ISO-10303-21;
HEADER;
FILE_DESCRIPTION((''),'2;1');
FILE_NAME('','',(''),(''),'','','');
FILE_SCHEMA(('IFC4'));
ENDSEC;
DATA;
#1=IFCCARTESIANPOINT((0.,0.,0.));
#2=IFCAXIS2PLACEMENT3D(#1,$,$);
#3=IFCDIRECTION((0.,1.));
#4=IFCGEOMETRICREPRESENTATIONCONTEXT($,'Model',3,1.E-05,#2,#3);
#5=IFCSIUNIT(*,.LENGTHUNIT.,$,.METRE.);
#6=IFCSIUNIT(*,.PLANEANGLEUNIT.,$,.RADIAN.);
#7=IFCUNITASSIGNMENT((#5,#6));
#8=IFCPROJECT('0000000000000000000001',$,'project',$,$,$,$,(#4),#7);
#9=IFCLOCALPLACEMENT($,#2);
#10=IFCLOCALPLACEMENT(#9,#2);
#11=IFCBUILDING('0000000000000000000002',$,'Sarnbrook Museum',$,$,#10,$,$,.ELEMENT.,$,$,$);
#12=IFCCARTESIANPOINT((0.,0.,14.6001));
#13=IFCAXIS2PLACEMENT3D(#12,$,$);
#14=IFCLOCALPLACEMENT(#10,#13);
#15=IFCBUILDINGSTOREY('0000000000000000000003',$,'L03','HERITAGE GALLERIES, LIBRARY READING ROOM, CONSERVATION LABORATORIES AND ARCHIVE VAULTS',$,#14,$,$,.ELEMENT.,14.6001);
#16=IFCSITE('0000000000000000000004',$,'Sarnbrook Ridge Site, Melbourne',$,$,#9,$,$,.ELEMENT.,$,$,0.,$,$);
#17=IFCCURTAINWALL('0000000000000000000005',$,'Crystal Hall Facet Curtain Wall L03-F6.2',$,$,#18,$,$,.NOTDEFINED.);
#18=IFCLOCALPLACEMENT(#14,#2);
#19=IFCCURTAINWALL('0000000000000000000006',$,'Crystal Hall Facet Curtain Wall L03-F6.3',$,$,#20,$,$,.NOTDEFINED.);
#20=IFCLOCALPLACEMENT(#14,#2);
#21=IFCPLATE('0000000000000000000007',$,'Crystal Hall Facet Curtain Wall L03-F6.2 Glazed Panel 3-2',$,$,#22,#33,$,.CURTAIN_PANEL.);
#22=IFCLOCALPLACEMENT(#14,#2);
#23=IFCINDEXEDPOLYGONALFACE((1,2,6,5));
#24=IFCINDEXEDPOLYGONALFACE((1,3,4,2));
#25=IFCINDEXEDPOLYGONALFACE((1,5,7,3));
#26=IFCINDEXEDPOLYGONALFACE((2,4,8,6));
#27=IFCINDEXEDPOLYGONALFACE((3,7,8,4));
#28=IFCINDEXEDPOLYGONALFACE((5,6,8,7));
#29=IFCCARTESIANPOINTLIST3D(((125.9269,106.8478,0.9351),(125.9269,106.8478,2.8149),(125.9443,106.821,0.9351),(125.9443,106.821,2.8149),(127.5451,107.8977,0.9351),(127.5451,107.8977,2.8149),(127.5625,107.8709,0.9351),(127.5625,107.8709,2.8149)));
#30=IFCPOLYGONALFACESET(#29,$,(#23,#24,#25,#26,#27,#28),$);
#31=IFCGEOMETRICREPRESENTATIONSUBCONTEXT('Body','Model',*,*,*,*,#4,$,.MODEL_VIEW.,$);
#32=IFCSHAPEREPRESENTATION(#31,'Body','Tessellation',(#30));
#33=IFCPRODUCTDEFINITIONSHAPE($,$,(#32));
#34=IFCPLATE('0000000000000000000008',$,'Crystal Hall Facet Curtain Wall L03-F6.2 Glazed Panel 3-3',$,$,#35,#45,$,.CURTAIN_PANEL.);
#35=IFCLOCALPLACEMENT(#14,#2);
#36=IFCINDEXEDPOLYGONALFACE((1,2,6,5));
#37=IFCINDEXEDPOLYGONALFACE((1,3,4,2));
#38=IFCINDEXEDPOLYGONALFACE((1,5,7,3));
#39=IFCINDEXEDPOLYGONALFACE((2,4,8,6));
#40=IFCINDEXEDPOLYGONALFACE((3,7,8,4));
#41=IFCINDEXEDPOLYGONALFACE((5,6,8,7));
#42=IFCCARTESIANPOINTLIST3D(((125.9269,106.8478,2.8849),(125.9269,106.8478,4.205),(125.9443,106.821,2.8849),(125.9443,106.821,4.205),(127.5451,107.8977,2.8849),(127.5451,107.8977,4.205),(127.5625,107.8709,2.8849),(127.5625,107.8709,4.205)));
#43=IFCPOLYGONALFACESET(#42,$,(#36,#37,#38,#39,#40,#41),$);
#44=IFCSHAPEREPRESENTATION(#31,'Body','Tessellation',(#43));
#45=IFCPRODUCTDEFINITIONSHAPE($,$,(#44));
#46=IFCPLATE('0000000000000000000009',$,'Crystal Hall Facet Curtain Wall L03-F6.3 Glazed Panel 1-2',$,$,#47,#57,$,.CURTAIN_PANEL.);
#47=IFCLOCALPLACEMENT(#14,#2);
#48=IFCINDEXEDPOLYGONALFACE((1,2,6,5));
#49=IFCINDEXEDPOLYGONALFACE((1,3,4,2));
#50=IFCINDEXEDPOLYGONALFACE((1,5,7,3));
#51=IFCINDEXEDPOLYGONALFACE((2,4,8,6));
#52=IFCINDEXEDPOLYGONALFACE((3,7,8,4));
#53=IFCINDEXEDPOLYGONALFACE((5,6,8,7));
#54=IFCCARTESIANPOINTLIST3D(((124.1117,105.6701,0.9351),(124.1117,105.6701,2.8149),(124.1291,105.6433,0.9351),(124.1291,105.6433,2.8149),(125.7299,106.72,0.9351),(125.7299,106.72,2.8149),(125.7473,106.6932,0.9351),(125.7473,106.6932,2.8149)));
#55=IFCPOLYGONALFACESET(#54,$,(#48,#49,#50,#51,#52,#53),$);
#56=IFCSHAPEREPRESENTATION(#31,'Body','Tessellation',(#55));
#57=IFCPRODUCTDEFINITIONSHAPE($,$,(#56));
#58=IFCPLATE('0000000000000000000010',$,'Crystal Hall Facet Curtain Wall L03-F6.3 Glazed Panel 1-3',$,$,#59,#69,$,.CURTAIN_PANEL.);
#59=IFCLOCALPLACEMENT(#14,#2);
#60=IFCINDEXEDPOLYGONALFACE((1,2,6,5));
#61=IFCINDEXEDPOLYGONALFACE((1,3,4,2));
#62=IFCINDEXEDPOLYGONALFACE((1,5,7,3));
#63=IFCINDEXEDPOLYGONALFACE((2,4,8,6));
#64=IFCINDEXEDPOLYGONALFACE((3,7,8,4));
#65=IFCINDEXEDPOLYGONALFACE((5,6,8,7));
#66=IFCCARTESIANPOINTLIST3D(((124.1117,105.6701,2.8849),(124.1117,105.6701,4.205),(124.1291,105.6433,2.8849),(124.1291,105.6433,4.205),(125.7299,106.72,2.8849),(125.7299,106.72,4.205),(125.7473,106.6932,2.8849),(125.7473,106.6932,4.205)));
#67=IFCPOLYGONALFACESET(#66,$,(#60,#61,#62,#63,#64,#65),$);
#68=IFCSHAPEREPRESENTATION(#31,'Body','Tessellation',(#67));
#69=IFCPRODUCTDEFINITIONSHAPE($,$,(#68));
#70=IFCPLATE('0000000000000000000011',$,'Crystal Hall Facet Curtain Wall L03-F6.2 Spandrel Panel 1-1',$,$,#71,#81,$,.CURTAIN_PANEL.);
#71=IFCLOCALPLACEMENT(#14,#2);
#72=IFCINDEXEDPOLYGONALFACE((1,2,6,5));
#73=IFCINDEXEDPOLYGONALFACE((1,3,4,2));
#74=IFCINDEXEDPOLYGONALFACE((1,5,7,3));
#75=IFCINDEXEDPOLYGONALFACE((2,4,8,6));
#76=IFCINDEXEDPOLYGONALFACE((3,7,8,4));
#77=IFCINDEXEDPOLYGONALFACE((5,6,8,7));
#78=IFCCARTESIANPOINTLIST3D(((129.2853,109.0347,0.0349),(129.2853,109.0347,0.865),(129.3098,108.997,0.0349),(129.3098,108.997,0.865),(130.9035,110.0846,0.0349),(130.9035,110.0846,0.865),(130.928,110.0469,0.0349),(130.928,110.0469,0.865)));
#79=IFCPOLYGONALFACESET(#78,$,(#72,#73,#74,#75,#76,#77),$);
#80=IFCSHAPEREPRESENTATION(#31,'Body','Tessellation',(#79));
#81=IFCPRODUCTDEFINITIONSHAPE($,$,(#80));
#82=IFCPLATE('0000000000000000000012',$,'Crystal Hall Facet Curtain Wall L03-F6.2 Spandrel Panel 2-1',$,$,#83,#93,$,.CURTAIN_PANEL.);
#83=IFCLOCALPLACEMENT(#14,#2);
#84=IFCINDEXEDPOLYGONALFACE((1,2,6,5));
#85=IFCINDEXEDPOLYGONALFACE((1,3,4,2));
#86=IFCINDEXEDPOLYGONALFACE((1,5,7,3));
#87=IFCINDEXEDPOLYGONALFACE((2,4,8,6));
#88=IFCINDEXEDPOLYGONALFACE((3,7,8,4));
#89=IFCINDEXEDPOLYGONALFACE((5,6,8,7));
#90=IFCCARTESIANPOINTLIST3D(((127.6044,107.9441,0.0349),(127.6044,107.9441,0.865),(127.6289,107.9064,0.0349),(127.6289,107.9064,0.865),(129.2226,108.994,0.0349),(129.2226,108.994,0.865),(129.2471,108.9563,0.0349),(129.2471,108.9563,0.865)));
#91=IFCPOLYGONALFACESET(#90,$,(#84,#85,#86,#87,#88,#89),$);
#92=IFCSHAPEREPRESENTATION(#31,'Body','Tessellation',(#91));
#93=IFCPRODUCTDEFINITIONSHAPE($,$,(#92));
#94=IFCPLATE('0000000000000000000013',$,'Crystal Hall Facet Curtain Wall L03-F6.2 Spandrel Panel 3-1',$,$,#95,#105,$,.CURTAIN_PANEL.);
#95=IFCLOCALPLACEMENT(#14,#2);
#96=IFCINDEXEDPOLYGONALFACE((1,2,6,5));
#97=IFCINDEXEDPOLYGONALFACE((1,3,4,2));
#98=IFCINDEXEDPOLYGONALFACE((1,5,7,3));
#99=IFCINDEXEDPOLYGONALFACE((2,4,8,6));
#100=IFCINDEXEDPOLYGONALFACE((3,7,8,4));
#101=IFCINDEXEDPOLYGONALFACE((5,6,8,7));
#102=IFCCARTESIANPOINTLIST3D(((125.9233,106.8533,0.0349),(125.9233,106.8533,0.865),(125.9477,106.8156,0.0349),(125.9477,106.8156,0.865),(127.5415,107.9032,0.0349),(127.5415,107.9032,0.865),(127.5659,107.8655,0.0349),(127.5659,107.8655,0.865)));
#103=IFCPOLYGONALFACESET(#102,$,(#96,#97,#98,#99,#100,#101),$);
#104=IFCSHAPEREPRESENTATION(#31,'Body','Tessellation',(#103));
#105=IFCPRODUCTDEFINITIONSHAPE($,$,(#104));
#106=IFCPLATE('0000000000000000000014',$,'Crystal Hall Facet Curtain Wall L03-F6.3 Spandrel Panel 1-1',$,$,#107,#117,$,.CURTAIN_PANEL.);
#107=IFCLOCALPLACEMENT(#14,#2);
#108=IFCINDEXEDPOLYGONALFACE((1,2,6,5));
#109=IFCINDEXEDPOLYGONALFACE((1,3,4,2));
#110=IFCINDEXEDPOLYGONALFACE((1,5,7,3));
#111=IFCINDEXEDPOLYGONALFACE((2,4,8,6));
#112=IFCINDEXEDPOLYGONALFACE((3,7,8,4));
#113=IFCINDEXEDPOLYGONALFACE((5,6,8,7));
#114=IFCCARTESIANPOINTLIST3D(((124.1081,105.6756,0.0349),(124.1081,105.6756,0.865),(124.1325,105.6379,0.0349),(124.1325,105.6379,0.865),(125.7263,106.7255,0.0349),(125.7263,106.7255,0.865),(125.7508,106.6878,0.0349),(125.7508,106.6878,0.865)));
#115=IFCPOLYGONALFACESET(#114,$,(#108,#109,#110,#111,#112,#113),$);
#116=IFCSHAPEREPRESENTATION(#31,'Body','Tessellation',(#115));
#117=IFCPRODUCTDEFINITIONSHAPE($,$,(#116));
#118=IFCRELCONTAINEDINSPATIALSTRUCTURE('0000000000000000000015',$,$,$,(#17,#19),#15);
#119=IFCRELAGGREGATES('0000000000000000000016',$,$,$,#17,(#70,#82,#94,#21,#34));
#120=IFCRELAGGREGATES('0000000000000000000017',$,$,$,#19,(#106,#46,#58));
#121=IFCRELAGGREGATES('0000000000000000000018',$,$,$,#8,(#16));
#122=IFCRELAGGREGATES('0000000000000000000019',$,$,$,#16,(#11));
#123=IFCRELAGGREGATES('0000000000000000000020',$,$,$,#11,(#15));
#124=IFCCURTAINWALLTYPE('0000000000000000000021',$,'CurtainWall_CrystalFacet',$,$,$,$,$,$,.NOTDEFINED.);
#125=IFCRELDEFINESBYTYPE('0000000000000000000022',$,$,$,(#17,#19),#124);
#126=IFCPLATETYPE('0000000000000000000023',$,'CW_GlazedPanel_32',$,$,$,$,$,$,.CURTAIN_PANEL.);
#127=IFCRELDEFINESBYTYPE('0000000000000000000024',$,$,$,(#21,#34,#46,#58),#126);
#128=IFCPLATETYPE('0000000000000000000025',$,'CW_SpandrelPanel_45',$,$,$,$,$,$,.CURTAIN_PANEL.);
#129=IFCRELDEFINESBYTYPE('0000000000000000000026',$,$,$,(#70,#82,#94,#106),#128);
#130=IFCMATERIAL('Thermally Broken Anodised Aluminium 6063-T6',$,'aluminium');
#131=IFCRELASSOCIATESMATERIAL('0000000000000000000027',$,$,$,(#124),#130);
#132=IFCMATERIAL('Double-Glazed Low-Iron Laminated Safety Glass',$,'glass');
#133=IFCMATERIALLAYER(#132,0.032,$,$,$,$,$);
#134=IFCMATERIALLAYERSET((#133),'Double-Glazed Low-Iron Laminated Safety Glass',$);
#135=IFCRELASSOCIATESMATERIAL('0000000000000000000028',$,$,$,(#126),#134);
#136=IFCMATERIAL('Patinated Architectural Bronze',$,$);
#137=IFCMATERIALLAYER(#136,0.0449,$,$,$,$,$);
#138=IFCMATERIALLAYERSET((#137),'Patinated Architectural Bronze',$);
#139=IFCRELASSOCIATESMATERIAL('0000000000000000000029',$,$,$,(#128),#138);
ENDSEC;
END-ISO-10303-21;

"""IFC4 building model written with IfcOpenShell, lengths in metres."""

from ifc_helpers import new_model, si_unit, direction, frame, origin, origin_2d, place, context, subcontext, project, spatial, rectangle, extrude, material, layer, layer_set, type_object, element, aggregate, save


model = new_model("IFC4")

# Units and contexts
model_context = context("Model", 3, precision=1e-05, world=origin(), true_north=direction((0.0, 1.0)))
body_context = subcontext(model_context, "Body", "Model", "MODEL_VIEW")
ifc_project = project(units=[si_unit("LENGTHUNIT", "METRE"), si_unit("PLANEANGLEUNIT", "RADIAN")], contexts=[model_context])

# Site, building, storey
site_placement = place(None, origin())
site = spatial("IfcSite", under=ifc_project, at=site_placement, Name="Sarnbrook Ridge Site, Melbourne", CompositionType="ELEMENT", RefElevation=0.0)
building_placement = place(site_placement, origin())
building = spatial("IfcBuilding", under=site, at=building_placement, Name="Sarnbrook Museum", CompositionType="ELEMENT")
storey_placement = place(building_placement, frame((0.0, 0.0, 14.6001)))
storey = spatial("IfcBuildingStorey", under=building, at=storey_placement, Name="L03", Description="HERITAGE GALLERIES, LIBRARY READING ROOM, CONSERVATION LABORATORIES AND ARCHIVE VAULTS", CompositionType="ELEMENT", Elevation=14.6001)

# Curtain walls
ifc_material_1 = material(Name="Thermally Broken Anodised Aluminium 6063-T6", Category="aluminium")
curtain_wall_type = type_object("IfcCurtainWallType", Name="CurtainWall_CrystalFacet", PredefinedType="NOTDEFINED", material=ifc_material_1)
curtain_wall_1_placement = place(storey_placement, origin())
curtain_wall_1 = element("IfcCurtainWall", 1, at=curtain_wall_1_placement, inside=storey, type_object=curtain_wall_type, Name="Crystal Hall Facet Curtain Wall L03-F6.2", PredefinedType="NOTDEFINED")
curtain_wall_2_placement = place(storey_placement, origin())
curtain_wall_2 = element("IfcCurtainWall", 2, at=curtain_wall_2_placement, inside=storey, type_object=curtain_wall_type, Name="Crystal Hall Facet Curtain Wall L03-F6.3", PredefinedType="NOTDEFINED")

# Plates
ifc_material_2 = material(Name="Double-Glazed Low-Iron Laminated Safety Glass", Category="glass")
ifc_layer_1 = layer(ifc_material_2, 0.032)
ifc_layer_set_1 = layer_set([ifc_layer_1], Name="Double-Glazed Low-Iron Laminated Safety Glass")
plate_type_1 = type_object("IfcPlateType", Name="CW_GlazedPanel_32", PredefinedType="CURTAIN_PANEL", material=ifc_layer_set_1)
plate_1_placement = place(storey_placement, frame((126.7534, 107.3459, 1.875), z_axis=(-0.544285, 0.838901, 0.0), x_axis=(-0.838901, -0.544285, 0.0)))
plate_1 = element("IfcPlate", 3, at=plate_1_placement, type_object=plate_type_1, Name="Crystal Hall Facet Curtain Wall L03-F6.2 Glazed Panel 3-2", PredefinedType="CURTAIN_PANEL", context=body_context, shape_type="SweptSolid", body=[
    extrude(rectangle(XDim=1.929, YDim=1.8799, at=origin_2d()), origin(), (0.0, 0.0, 1.0), 0.032),
])
plate_2_placement = place(storey_placement, frame((126.7534, 107.3459, 3.5449), z_axis=(-0.544285, 0.838901, 0.0), x_axis=(-0.838901, -0.544285, 0.0)))
plate_2 = element("IfcPlate", 4, at=plate_2_placement, type_object=plate_type_1, Name="Crystal Hall Facet Curtain Wall L03-F6.2 Glazed Panel 3-3", PredefinedType="CURTAIN_PANEL", context=body_context, shape_type="SweptSolid", body=[
    extrude(rectangle(XDim=1.929, YDim=1.3201, at=origin_2d()), origin(), (0.0, 0.0, 1.0), 0.032),
])
plate_3_placement = place(storey_placement, frame((124.9382, 106.1682, 1.875), z_axis=(-0.544285, 0.838901, 0.0), x_axis=(-0.838901, -0.544285, 0.0)))
plate_3 = element("IfcPlate", 5, at=plate_3_placement, type_object=plate_type_1, Name="Crystal Hall Facet Curtain Wall L03-F6.3 Glazed Panel 1-2", PredefinedType="CURTAIN_PANEL", context=body_context, shape_type="SweptSolid", body=[
    extrude(rectangle(XDim=1.929, YDim=1.8799, at=origin_2d()), origin(), (0.0, 0.0, 1.0), 0.032),
])
plate_4_placement = place(storey_placement, frame((124.9382, 106.1682, 3.5449), z_axis=(-0.544285, 0.838901, 0.0), x_axis=(-0.838901, -0.544285, 0.0)))
plate_4 = element("IfcPlate", 6, at=plate_4_placement, type_object=plate_type_1, Name="Crystal Hall Facet Curtain Wall L03-F6.3 Glazed Panel 1-3", PredefinedType="CURTAIN_PANEL", context=body_context, shape_type="SweptSolid", body=[
    extrude(rectangle(XDim=1.929, YDim=1.3201, at=origin_2d()), origin(), (0.0, 0.0, 1.0), 0.032),
])
ifc_material_3 = material(Name="Patinated Architectural Bronze")
ifc_layer_2 = layer(ifc_material_3, 0.0449)
ifc_layer_set_2 = layer_set([ifc_layer_2], Name="Patinated Architectural Bronze")
plate_type_2 = type_object("IfcPlateType", Name="CW_SpandrelPanel_45", PredefinedType="CURTAIN_PANEL", material=ifc_layer_set_2)
plate_5_placement = place(storey_placement, frame((130.1189, 109.522, 0.45), z_axis=(-0.544285, 0.838901, 0.0), x_axis=(-0.838901, -0.544285, 0.0)))
plate_5 = element("IfcPlate", 7, at=plate_5_placement, type_object=plate_type_2, Name="Crystal Hall Facet Curtain Wall L03-F6.2 Spandrel Panel 1-1", PredefinedType="CURTAIN_PANEL", context=body_context, shape_type="SweptSolid", body=[
    extrude(rectangle(XDim=1.929, YDim=0.8301, at=origin_2d()), origin(), (0.0, 0.0, 1.0), 0.0449),
])
plate_6_placement = place(storey_placement, frame((128.438, 108.4314, 0.45), z_axis=(-0.544285, 0.838901, 0.0), x_axis=(-0.838901, -0.544285, 0.0)))
plate_6 = element("IfcPlate", 8, at=plate_6_placement, type_object=plate_type_2, Name="Crystal Hall Facet Curtain Wall L03-F6.2 Spandrel Panel 2-1", PredefinedType="CURTAIN_PANEL", context=body_context, shape_type="SweptSolid", body=[
    extrude(rectangle(XDim=1.929, YDim=0.8301, at=origin_2d()), origin(), (0.0, 0.0, 1.0), 0.0449),
])
plate_7_placement = place(storey_placement, frame((126.7568, 107.3406, 0.45), z_axis=(-0.544285, 0.838901, 0.0), x_axis=(-0.838901, -0.544285, 0.0)))
plate_7 = element("IfcPlate", 9, at=plate_7_placement, type_object=plate_type_2, Name="Crystal Hall Facet Curtain Wall L03-F6.2 Spandrel Panel 3-1", PredefinedType="CURTAIN_PANEL", context=body_context, shape_type="SweptSolid", body=[
    extrude(rectangle(XDim=1.929, YDim=0.8301, at=origin_2d()), origin(), (0.0, 0.0, 1.0), 0.0449),
])
aggregate(curtain_wall_1, [plate_5, plate_6, plate_7, plate_1, plate_2])
plate_8_placement = place(storey_placement, frame((124.9417, 106.1628, 0.45), z_axis=(-0.544285, 0.838901, 0.0), x_axis=(-0.838901, -0.544285, 0.0)))
plate_8 = element("IfcPlate", 10, at=plate_8_placement, type_object=plate_type_2, Name="Crystal Hall Facet Curtain Wall L03-F6.3 Spandrel Panel 1-1", PredefinedType="CURTAIN_PANEL", context=body_context, shape_type="SweptSolid", body=[
    extrude(rectangle(XDim=1.929, YDim=0.8301, at=origin_2d()), origin(), (0.0, 0.0, 1.0), 0.0449),
])
aggregate(curtain_wall_2, [plate_8, plate_3, plate_4])

save(model, "model.ifc")
